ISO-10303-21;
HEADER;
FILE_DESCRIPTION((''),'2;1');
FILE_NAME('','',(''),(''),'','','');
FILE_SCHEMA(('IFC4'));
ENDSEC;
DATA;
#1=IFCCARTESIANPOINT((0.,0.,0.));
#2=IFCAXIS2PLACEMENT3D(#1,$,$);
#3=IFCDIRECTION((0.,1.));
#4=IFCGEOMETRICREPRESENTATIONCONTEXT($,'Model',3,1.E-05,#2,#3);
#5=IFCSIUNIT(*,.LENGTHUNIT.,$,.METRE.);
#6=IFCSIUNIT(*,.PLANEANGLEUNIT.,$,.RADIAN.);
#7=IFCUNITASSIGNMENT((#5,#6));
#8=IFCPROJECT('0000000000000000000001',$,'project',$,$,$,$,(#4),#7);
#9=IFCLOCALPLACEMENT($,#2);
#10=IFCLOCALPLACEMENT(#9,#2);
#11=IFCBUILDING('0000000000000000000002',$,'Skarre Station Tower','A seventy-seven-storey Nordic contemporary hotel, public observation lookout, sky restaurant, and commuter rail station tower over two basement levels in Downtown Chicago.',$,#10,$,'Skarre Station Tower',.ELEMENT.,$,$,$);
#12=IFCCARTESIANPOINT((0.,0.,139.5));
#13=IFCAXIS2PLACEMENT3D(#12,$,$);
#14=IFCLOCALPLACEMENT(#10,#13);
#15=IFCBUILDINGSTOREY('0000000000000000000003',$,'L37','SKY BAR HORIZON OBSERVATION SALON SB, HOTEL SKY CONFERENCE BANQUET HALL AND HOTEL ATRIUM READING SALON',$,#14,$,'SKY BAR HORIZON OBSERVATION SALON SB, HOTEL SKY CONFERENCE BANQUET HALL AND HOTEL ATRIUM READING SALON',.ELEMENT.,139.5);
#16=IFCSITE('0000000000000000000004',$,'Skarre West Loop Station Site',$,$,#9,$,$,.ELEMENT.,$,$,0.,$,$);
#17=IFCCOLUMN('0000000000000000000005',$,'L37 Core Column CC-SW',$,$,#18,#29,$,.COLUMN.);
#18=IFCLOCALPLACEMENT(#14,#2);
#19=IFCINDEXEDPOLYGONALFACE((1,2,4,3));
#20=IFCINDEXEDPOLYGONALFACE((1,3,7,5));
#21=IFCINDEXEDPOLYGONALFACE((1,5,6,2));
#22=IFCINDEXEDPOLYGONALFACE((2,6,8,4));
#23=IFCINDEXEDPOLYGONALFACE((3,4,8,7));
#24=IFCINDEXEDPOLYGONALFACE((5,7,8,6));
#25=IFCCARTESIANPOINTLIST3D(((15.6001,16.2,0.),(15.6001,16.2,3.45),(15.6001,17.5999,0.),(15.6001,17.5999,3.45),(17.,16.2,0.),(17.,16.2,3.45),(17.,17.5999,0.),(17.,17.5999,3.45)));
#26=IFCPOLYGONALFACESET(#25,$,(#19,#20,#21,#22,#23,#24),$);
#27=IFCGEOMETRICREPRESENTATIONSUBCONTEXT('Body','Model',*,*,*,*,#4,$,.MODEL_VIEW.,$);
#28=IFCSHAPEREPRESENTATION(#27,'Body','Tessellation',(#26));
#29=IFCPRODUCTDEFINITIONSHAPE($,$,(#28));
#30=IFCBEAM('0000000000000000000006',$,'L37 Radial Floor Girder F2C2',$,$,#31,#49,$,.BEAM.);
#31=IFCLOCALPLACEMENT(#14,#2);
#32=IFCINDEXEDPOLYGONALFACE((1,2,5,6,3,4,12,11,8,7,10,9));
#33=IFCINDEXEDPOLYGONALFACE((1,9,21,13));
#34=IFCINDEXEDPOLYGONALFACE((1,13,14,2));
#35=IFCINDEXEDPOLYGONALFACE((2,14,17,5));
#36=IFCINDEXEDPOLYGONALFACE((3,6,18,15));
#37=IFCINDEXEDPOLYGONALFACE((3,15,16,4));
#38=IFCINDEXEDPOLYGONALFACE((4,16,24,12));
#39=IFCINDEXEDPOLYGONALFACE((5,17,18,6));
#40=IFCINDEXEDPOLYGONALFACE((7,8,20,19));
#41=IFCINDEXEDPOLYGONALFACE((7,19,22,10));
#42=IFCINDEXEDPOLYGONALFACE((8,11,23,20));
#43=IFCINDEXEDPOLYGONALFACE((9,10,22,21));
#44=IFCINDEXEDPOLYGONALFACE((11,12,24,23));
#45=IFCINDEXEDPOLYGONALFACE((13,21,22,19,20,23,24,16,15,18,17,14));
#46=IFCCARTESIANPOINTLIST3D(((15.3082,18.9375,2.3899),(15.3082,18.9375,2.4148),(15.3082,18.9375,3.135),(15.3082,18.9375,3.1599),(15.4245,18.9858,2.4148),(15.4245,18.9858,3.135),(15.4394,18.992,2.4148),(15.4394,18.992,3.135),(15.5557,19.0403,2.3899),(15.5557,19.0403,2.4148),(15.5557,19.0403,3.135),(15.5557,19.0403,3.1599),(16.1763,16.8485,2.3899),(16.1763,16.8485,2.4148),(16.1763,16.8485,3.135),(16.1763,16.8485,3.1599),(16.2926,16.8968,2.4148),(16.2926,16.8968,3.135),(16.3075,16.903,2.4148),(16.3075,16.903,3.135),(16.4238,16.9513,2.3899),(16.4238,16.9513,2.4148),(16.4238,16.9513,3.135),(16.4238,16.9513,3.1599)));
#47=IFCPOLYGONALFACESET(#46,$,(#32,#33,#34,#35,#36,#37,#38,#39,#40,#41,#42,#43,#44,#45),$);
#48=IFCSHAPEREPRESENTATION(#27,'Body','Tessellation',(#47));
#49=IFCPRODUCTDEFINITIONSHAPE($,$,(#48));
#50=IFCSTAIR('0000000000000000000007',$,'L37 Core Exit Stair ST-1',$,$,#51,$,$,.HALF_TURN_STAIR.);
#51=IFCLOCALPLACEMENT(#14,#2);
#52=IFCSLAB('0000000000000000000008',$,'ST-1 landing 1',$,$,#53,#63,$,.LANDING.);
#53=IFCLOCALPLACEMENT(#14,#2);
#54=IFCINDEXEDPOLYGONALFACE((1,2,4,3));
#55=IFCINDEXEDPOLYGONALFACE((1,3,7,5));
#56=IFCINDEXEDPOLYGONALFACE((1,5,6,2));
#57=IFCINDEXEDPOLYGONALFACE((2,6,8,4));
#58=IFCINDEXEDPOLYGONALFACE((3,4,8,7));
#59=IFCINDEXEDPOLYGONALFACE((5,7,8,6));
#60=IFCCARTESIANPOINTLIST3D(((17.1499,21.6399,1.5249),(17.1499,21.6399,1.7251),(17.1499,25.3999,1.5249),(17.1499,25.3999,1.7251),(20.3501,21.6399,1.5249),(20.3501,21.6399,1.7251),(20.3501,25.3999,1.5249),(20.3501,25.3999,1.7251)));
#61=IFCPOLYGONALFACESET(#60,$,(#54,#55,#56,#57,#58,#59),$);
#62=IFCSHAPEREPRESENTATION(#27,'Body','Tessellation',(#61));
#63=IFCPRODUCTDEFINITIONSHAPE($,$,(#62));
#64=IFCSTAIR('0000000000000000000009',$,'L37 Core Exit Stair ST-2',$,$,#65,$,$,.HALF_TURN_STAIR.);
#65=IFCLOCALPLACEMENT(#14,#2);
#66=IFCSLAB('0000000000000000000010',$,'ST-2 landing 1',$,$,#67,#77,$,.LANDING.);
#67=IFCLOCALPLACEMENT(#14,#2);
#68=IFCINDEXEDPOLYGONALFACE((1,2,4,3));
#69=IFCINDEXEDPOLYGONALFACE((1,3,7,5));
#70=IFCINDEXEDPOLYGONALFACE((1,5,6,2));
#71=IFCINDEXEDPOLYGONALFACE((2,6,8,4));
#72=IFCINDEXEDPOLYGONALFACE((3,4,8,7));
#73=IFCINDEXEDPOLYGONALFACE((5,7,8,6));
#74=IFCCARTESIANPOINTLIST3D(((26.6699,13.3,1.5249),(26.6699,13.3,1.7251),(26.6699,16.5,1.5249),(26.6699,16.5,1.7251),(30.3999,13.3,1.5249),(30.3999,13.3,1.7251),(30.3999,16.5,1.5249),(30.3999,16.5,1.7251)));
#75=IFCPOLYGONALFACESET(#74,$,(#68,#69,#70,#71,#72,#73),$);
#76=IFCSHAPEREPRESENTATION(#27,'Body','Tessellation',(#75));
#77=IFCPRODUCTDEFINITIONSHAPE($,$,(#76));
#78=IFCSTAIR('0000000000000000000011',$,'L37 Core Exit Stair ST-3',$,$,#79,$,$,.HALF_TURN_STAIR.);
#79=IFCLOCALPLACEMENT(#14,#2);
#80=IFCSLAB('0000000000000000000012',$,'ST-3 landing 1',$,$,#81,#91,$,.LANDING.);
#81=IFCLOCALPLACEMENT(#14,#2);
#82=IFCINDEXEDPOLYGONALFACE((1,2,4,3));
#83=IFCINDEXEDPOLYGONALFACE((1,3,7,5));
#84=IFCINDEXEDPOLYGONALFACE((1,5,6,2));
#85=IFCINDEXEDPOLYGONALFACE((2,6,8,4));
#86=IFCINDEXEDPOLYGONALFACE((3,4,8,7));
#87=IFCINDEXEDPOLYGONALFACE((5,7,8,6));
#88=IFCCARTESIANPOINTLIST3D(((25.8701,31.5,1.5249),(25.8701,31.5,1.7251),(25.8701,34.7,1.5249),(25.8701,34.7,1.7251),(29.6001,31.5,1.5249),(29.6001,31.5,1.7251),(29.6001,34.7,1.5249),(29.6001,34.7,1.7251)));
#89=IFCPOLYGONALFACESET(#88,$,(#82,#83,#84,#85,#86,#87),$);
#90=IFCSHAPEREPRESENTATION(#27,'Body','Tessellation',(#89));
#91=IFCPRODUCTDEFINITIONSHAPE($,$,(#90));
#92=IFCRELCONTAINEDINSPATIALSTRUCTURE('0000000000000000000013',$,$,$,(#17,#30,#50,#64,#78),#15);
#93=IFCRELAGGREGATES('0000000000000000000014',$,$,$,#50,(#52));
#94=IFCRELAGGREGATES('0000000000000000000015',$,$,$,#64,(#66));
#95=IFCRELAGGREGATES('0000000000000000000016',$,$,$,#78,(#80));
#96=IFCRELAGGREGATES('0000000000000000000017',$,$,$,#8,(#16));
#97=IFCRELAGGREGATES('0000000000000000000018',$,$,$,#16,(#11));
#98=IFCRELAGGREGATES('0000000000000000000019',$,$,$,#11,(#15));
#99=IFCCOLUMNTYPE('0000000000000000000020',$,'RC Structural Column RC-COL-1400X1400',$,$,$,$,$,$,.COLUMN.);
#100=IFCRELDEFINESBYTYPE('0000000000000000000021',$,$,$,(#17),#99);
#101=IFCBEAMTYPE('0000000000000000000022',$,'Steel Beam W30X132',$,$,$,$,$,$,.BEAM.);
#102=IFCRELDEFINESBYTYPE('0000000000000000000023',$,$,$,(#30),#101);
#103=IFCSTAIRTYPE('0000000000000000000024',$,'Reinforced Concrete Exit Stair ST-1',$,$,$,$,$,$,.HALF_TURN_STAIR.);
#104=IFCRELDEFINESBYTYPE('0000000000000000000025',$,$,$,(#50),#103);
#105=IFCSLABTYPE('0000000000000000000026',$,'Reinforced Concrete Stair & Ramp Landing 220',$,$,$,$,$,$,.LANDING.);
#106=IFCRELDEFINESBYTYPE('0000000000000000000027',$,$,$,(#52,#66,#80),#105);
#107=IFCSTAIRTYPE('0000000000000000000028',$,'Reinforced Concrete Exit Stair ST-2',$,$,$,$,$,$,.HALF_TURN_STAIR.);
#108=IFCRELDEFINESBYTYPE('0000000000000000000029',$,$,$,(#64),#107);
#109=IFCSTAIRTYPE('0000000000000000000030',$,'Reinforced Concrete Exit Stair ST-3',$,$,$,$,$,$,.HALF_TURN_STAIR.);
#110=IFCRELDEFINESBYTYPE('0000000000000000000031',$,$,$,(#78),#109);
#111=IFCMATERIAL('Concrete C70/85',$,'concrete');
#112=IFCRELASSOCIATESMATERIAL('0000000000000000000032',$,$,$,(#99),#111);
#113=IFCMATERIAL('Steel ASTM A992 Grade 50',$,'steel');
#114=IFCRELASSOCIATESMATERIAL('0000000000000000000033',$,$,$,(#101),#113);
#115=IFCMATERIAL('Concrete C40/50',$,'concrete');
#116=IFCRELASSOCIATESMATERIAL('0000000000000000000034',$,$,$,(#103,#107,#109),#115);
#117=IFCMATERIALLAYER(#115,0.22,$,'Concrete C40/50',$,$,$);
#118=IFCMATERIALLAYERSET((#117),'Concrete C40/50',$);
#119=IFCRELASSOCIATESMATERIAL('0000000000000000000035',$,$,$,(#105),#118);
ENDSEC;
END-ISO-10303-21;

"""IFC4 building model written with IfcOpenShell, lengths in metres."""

from ifc_helpers import new_model, si_unit, direction, frame, origin, origin_2d, place, context, subcontext, project, spatial, polyline, rectangle, i_section, outline, extrude, material, layer, layer_set, material_profile, profile_set, type_object, element, aggregate, save


model = new_model("IFC4")

# Units and contexts
model_context = context("Model", 3, precision=1e-05, world=origin(), true_north=direction((0.0, 1.0)))
body_context = subcontext(model_context, "Body", "Model", "MODEL_VIEW")
ifc_project = project(units=[si_unit("LENGTHUNIT", "METRE"), si_unit("PLANEANGLEUNIT", "RADIAN")], contexts=[model_context])

# Site, building, storey
site_placement = place(None, origin())
site = spatial("IfcSite", under=ifc_project, at=site_placement, Name="Skarre West Loop Station Site", CompositionType="ELEMENT", RefElevation=0.0)
building_placement = place(site_placement, origin())
building = spatial("IfcBuilding", under=site, at=building_placement, Name="Skarre Station Tower", Description="A seventy-seven-storey Nordic contemporary hotel, public observation lookout, sky restaurant, and commuter rail station tower over two basement levels in Downtown Chicago.", LongName="Skarre Station Tower", CompositionType="ELEMENT")
storey_placement = place(building_placement, frame((0.0, 0.0, 139.5)))
storey = spatial("IfcBuildingStorey", under=building, at=storey_placement, Name="L37", Description="SKY BAR HORIZON OBSERVATION SALON SB, HOTEL SKY CONFERENCE BANQUET HALL AND HOTEL ATRIUM READING SALON", LongName="SKY BAR HORIZON OBSERVATION SALON SB, HOTEL SKY CONFERENCE BANQUET HALL AND HOTEL ATRIUM READING SALON", CompositionType="ELEMENT", Elevation=139.5)

# Column
ifc_material_1 = material(Name="Concrete C70/85", Category="concrete")
ifc_material_profile_1 = material_profile(ifc_material_1, rectangle(XDim=1.3999, YDim=1.3999, at=origin_2d()), Name="Concrete C70/85")
ifc_profile_set_1 = profile_set([ifc_material_profile_1], Name="Concrete C70/85")
column_type = type_object("IfcColumnType", Name="RC Structural Column RC-COL-1400X1400", PredefinedType="COLUMN", material=ifc_profile_set_1)
column_placement = place(storey_placement, frame((16.3, 16.8999, 0.0), z_axis=(0.0, 0.0, 1.0), x_axis=(1.0, 0.0, 0.0)))
element("IfcColumn", 1, at=column_placement, inside=storey, type_object=column_type, Name="L37 Core Column CC-SW", PredefinedType="COLUMN", context=body_context, shape_type="SweptSolid", body=[
    extrude(rectangle(XDim=1.3999, YDim=1.3999, at=origin_2d()), origin(), (0.0, 0.0, 1.0), 3.45),
])

# Beam
ifc_material_2 = material(Name="Steel ASTM A992 Grade 50", Category="steel")
ifc_material_profile_2 = material_profile(ifc_material_2, i_section(OverallWidth=0.2681, OverallDepth=0.77, WebThickness=0.0161, FlangeThickness=0.0249, at=origin_2d()), Name="Steel ASTM A992 Grade 50")
ifc_profile_set_2 = profile_set([ifc_material_profile_2], Name="Steel ASTM A992 Grade 50")
beam_type = type_object("IfcBeamType", Name="Steel Beam W30X132", PredefinedType="BEAM", material=ifc_profile_set_2)
beam_placement = place(storey_placement, frame((16.3, 16.8999, 2.7749), z_axis=(-0.383749, 0.923437, 0.0), x_axis=(-0.923437, -0.383749, 0.0)))
element("IfcBeam", 2, at=beam_placement, inside=storey, type_object=beam_type, Name="L37 Radial Floor Girder F2C2", PredefinedType="BEAM", context=body_context, shape_type="SweptSolid", body=[
    extrude(i_section(OverallWidth=0.2681, OverallDepth=0.77, WebThickness=0.0161, FlangeThickness=0.0249, at=origin_2d()), origin(), (0.0, 0.0, 1.0), 2.2622),
])

# Stairs, slabs
ifc_material_3 = material(Name="Concrete C40/50", Category="concrete")
stair_type_1 = type_object("IfcStairType", Name="Reinforced Concrete Exit Stair ST-1", PredefinedType="HALF_TURN_STAIR", material=ifc_material_3)
stair_1_placement = place(storey_placement, origin())
stair_1 = element("IfcStair", 3, at=stair_1_placement, inside=storey, type_object=stair_type_1, Name="L37 Core Exit Stair ST-1", PredefinedType="HALF_TURN_STAIR")
ifc_layer_1 = layer(ifc_material_3, 0.22, Name="Concrete C40/50")
ifc_layer_set_1 = layer_set([ifc_layer_1], Name="Concrete C40/50")
slab_type_1 = type_object("IfcSlabType", Name="Reinforced Concrete Stair & Ramp Landing 220", PredefinedType="LANDING", material=ifc_layer_set_1)
slab_1_placement = place(storey_placement, frame((0.0, 0.0, 1.5249)))
slab_1 = element("IfcSlab", 4, at=slab_1_placement, type_object=slab_type_1, Name="ST-1 landing 1", PredefinedType="LANDING", context=body_context, shape_type="SweptSolid", body=[
    extrude(outline(polyline([(20.3501, 21.6399), (20.3501, 25.3999), (17.1499, 25.3999), (17.1499, 21.6399), (20.3501, 21.6399)])), origin(), (0.0, 0.0, 1.0), 0.2002),
])
aggregate(stair_1, [slab_1])
stair_type_2 = type_object("IfcStairType", Name="Reinforced Concrete Exit Stair ST-2", PredefinedType="HALF_TURN_STAIR", material=ifc_material_3)
stair_2_placement = place(storey_placement, origin())
stair_2 = element("IfcStair", 5, at=stair_2_placement, inside=storey, type_object=stair_type_2, Name="L37 Core Exit Stair ST-2", PredefinedType="HALF_TURN_STAIR")
slab_2_placement = place(storey_placement, frame((0.0, 0.0, 1.5249)))
slab_2 = element("IfcSlab", 6, at=slab_2_placement, type_object=slab_type_1, Name="ST-2 landing 1", PredefinedType="LANDING", context=body_context, shape_type="SweptSolid", body=[
    extrude(outline(polyline([(26.6699, 13.3), (30.3999, 13.3), (30.3999, 16.5), (26.6699, 16.5), (26.6699, 13.3)])), origin(), (0.0, 0.0, 1.0), 0.2002),
])
aggregate(stair_2, [slab_2])
stair_type_3 = type_object("IfcStairType", Name="Reinforced Concrete Exit Stair ST-3", PredefinedType="HALF_TURN_STAIR", material=ifc_material_3)
stair_3_placement = place(storey_placement, origin())
stair_3 = element("IfcStair", 7, at=stair_3_placement, inside=storey, type_object=stair_type_3, Name="L37 Core Exit Stair ST-3", PredefinedType="HALF_TURN_STAIR")
slab_3_placement = place(storey_placement, frame((0.0, 0.0, 1.5249)))
slab_3 = element("IfcSlab", 8, at=slab_3_placement, type_object=slab_type_1, Name="ST-3 landing 1", PredefinedType="LANDING", context=body_context, shape_type="SweptSolid", body=[
    extrude(outline(polyline([(25.8701, 31.5), (29.6001, 31.5), (29.6001, 34.7), (25.8701, 34.7), (25.8701, 31.5)])), origin(), (0.0, 0.0, 1.0), 0.2002),
])
aggregate(stair_3, [slab_3])

save(model, "model.ifc")
